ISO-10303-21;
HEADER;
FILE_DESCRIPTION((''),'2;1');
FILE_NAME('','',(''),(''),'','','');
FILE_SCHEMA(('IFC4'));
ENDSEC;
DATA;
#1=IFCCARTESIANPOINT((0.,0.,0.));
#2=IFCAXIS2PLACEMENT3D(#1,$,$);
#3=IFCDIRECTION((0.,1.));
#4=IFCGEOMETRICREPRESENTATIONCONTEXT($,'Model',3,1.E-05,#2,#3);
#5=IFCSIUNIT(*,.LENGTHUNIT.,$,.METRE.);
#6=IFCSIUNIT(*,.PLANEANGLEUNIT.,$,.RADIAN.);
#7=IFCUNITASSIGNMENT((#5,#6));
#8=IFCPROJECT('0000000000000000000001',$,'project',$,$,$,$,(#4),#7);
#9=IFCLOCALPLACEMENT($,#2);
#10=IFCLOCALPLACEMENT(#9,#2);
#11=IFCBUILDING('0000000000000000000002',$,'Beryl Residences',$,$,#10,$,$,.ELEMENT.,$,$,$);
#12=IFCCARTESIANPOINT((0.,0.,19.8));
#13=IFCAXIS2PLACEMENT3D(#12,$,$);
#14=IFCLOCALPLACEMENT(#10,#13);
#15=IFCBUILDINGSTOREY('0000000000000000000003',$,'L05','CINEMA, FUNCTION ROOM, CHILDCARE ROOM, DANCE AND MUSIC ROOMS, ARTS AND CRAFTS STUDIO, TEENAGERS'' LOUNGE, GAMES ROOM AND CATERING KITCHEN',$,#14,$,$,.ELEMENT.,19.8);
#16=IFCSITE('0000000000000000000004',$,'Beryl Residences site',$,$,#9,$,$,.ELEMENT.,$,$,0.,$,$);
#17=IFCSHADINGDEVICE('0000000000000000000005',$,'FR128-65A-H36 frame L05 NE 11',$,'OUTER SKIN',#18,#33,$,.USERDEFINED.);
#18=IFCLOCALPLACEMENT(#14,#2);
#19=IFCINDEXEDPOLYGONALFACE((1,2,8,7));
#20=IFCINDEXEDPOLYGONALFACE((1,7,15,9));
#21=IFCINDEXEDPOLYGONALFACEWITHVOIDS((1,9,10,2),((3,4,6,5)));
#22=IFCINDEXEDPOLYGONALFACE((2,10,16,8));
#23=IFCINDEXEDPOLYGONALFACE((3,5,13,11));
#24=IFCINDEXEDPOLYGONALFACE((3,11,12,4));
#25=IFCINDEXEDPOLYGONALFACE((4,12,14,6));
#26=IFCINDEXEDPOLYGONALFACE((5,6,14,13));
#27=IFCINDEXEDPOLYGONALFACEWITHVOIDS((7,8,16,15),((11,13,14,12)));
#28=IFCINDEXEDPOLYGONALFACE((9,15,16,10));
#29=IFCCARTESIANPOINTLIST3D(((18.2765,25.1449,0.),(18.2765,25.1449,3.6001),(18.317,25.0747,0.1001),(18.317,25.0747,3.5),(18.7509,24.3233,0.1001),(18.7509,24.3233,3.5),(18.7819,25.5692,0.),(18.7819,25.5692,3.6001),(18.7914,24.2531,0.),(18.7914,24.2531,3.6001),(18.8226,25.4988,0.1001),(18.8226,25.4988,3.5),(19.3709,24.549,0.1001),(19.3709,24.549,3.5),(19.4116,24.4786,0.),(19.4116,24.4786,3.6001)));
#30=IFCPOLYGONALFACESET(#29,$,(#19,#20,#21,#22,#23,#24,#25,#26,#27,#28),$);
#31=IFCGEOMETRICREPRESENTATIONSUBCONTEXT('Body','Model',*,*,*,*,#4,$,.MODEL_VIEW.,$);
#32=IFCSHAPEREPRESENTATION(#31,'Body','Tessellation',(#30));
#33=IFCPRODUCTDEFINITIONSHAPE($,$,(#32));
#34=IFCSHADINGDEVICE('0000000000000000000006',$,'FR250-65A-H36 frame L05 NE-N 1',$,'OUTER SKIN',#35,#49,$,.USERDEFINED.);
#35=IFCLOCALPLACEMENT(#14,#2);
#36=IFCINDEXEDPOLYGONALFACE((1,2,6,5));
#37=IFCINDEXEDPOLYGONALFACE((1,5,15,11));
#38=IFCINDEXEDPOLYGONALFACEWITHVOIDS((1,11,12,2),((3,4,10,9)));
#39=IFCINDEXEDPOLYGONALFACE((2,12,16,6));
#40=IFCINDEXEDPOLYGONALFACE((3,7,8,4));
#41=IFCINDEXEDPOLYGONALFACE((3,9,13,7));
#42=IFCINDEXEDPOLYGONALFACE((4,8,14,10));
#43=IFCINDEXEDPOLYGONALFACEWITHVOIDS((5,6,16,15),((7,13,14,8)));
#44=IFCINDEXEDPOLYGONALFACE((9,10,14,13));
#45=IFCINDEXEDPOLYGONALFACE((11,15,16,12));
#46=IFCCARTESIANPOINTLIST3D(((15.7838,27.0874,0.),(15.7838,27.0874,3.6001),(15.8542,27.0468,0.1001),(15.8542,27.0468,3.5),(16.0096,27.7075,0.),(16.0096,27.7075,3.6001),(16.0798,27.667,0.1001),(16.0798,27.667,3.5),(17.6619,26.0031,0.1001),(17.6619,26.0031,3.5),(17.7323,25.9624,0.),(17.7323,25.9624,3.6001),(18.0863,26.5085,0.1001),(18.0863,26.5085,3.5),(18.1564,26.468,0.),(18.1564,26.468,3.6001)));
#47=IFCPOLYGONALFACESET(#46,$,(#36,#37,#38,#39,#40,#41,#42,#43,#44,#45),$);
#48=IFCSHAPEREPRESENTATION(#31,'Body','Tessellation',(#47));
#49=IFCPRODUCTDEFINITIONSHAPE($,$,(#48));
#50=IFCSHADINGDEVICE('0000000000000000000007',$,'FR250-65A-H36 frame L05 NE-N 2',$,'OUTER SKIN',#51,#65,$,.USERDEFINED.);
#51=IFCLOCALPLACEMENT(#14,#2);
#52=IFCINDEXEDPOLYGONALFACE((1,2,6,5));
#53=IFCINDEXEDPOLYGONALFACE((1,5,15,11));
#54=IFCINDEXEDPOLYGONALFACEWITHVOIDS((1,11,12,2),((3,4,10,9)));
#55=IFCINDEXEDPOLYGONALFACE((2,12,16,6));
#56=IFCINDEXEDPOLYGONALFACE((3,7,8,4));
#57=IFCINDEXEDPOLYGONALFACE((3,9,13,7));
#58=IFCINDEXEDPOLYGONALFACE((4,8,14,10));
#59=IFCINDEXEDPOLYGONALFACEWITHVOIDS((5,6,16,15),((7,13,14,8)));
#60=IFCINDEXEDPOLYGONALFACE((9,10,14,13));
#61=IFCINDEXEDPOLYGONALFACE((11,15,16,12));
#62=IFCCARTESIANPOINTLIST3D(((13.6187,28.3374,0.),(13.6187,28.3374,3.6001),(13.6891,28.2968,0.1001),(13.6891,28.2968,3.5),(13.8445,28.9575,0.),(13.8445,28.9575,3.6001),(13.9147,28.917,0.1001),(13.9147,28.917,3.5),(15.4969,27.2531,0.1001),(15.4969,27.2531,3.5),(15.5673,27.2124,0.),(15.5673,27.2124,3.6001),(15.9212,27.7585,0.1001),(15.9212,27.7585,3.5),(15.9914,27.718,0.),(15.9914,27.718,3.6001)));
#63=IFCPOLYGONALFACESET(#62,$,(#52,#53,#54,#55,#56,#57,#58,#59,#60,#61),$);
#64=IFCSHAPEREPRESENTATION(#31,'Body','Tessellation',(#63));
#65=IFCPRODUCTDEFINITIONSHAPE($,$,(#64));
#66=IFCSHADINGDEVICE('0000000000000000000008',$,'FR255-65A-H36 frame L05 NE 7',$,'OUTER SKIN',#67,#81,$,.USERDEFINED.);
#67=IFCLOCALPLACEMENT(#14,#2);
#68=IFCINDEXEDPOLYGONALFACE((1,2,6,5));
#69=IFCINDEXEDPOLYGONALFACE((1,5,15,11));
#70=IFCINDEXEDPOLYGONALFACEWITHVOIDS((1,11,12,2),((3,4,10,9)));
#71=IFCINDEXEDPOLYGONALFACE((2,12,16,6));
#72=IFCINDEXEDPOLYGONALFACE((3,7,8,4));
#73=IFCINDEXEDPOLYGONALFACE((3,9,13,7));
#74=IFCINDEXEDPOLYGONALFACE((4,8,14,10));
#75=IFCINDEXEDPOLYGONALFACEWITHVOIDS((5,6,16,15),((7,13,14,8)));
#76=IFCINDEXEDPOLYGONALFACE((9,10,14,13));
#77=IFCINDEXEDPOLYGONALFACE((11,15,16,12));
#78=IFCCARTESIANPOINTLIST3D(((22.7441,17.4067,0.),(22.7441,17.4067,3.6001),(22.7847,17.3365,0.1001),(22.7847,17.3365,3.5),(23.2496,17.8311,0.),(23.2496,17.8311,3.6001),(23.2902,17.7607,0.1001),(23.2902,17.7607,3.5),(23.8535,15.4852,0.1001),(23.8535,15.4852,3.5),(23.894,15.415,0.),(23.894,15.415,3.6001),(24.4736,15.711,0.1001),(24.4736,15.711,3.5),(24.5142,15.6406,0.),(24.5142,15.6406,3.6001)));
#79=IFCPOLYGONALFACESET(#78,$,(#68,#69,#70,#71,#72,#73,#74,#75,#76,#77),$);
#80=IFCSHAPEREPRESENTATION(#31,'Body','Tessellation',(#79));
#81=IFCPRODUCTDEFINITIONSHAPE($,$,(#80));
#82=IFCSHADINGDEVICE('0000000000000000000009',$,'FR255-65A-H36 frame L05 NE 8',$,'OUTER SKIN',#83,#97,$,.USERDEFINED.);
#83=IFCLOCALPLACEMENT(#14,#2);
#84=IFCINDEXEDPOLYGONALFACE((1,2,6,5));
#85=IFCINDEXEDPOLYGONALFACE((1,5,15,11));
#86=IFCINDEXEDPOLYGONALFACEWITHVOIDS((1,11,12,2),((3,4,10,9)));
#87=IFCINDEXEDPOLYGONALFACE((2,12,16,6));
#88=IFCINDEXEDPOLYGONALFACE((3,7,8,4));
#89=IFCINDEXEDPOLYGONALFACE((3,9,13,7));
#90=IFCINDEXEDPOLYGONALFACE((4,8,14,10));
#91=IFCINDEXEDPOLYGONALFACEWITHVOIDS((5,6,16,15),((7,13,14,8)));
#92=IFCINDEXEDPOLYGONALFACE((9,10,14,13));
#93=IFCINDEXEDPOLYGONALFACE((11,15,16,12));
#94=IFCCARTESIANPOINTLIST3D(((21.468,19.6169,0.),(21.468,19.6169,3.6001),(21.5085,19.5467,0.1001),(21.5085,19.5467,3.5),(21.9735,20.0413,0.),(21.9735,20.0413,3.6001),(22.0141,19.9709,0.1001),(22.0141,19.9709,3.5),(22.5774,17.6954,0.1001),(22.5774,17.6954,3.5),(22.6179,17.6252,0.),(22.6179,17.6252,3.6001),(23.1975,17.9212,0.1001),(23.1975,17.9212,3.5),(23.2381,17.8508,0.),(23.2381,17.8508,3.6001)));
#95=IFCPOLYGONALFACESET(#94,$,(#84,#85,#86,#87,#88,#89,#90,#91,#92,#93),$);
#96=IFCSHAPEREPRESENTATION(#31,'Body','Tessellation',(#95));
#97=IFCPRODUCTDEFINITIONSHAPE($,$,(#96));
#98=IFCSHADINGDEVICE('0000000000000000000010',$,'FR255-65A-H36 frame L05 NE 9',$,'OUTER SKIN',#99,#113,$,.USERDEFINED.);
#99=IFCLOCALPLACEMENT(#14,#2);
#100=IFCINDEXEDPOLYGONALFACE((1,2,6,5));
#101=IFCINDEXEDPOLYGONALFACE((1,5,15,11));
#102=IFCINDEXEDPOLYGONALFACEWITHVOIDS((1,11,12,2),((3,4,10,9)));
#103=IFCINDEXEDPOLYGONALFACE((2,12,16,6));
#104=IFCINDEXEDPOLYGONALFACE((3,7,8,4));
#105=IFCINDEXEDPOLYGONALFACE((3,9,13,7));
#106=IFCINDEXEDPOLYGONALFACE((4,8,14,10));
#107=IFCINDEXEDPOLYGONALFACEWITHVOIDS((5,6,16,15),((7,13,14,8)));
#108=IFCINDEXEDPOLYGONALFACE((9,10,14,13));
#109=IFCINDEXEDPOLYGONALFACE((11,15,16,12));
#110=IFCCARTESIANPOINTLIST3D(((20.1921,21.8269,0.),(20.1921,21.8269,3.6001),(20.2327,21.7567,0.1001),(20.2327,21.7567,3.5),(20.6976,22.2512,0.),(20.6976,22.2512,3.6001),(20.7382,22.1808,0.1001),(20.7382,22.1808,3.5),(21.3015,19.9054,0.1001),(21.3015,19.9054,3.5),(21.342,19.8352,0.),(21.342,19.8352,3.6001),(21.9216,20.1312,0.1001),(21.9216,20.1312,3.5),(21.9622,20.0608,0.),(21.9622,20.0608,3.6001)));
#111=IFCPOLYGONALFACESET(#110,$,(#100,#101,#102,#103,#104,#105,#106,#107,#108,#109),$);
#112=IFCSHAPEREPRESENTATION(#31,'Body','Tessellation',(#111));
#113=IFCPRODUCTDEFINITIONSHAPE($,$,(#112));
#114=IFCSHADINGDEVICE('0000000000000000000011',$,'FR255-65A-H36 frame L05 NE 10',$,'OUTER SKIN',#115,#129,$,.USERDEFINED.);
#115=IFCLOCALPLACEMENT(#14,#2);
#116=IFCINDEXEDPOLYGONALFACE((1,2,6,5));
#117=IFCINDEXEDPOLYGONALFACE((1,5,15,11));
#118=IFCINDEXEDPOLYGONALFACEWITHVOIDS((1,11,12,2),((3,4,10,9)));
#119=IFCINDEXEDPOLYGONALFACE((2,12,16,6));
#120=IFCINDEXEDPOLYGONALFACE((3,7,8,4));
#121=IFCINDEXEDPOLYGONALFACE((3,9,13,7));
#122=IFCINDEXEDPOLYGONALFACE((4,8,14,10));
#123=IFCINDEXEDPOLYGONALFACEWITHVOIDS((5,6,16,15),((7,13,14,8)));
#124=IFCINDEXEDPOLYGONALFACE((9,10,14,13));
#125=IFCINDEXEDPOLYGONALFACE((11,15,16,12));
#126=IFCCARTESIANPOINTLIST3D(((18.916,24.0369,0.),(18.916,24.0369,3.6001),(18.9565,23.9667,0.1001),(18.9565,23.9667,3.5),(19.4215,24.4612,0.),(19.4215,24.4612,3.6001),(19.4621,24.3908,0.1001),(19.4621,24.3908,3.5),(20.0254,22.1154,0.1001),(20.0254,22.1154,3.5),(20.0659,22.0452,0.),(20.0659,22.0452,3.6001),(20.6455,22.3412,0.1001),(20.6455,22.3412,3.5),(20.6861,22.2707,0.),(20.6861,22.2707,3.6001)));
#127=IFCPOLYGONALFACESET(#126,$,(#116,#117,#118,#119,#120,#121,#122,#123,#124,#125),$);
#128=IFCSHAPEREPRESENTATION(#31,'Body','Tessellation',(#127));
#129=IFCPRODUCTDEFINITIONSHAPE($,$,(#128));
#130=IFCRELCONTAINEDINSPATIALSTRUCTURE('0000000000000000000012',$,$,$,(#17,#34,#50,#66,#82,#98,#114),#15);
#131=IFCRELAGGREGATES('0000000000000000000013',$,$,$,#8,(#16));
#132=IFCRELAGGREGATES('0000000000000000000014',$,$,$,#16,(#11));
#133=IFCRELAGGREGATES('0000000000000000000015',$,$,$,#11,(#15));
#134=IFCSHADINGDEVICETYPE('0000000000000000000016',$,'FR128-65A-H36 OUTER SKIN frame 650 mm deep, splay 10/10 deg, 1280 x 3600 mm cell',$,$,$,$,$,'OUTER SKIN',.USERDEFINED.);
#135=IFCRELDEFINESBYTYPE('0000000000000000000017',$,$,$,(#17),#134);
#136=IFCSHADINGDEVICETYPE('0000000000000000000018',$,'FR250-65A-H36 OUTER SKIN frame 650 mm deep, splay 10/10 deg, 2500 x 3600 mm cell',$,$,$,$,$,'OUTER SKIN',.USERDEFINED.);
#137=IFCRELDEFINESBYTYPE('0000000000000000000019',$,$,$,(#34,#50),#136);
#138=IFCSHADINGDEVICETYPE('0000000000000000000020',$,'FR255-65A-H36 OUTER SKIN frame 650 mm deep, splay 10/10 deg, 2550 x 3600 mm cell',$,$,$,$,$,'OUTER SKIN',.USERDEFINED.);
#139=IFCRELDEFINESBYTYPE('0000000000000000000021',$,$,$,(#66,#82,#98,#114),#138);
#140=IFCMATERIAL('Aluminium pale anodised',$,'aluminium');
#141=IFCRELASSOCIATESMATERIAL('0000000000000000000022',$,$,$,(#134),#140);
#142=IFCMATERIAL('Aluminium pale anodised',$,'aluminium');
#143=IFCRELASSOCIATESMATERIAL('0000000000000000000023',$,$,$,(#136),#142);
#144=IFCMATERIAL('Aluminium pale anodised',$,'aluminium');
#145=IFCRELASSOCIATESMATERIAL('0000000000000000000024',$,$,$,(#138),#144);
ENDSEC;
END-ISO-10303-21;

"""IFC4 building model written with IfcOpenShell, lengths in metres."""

from ifc_helpers import new_model, entity, si_unit, direction, frame, origin, place, context, subcontext, project, spatial, source, transform, mapped, material, type_object, type_shapes, element, save


model = new_model("IFC4")

# Units and contexts
model_context = context("Model", 3, precision=1e-05, world=origin(), true_north=direction((0.0, 1.0)))
body_context = subcontext(model_context, "Body", "Model", "MODEL_VIEW")
ifc_project = project(units=[si_unit("LENGTHUNIT", "METRE"), si_unit("PLANEANGLEUNIT", "RADIAN")], contexts=[model_context])

# Site, building, storey
site_placement = place(None, origin())
site = spatial("IfcSite", under=ifc_project, at=site_placement, Name="Beryl Residences site", CompositionType="ELEMENT", RefElevation=0.0)
building_placement = place(site_placement, origin())
building = spatial("IfcBuilding", under=site, at=building_placement, Name="Beryl Residences", CompositionType="ELEMENT")
storey_placement = place(building_placement, frame((0.0, 0.0, 19.8)))
storey = spatial("IfcBuildingStorey", under=building, at=storey_placement, Name="L05", Description="CINEMA, FUNCTION ROOM, CHILDCARE ROOM, DANCE AND MUSIC ROOMS, ARTS AND CRAFTS STUDIO, TEENAGERS' LOUNGE, GAMES ROOM AND CATERING KITCHEN", CompositionType="ELEMENT", Elevation=19.8)

# Shading devices
ifc_material_1 = material(Name="Aluminium pale anodised", Category="aluminium")
shading_device_type_1 = type_object("IfcShadingDeviceType", Name="FR128-65A-H36 OUTER SKIN frame 650 mm deep, splay 10/10 deg, 1280 x 3600 mm cell", ElementType="OUTER SKIN", PredefinedType="USERDEFINED", material=ifc_material_1)
cartesian_point_1 = entity("IfcCartesianPoint", [-0.5149, 0.0])
cartesian_point_2 = entity("IfcCartesianPoint", [-0.4338, 0.1001])
cartesian_point_3 = entity("IfcCartesianPoint", [-0.6296, 0.0])
cartesian_point_4 = entity("IfcCartesianPoint", [-0.5483, 0.1001])
shared_shape_1 = source(origin(), body_context, "Body", "SweptSolid", [
    entity("IfcExtrudedAreaSolidTapered", entity("IfcArbitraryProfileDefWithVoids", "AREA", None, entity("IfcPolyline", [cartesian_point_1, entity("IfcCartesianPoint", [0.5149, 0.0]), entity("IfcCartesianPoint", [0.5149, 3.6001]), entity("IfcCartesianPoint", [-0.5149, 3.6001]), cartesian_point_1]), [entity("IfcPolyline", [cartesian_point_2, entity("IfcCartesianPoint", [0.4338, 0.1001]), entity("IfcCartesianPoint", [0.4338, 3.5]), entity("IfcCartesianPoint", [-0.4338, 3.5]), cartesian_point_2])]), entity("IfcAxis2Placement3D", entity("IfcCartesianPoint", [0.0, 0.0, 0.0]), entity("IfcDirection", [0.0, 1.0, 0.0]), entity("IfcDirection", [-1.0, 0.0, 0.0])), entity("IfcDirection", [0.0, 0.0, 1.0]), 0.6499, entity("IfcArbitraryProfileDefWithVoids", "AREA", None, entity("IfcPolyline", [cartesian_point_3, entity("IfcCartesianPoint", [0.6296, 0.0]), entity("IfcCartesianPoint", [0.6296, 3.6001]), entity("IfcCartesianPoint", [-0.6296, 3.6001]), cartesian_point_3]), [entity("IfcPolyline", [cartesian_point_4, entity("IfcCartesianPoint", [0.5483, 0.1001]), entity("IfcCartesianPoint", [0.5483, 3.5]), entity("IfcCartesianPoint", [-0.5483, 3.5]), cartesian_point_4])])),
])
type_shapes(shading_device_type_1, [shared_shape_1])
shading_device_placement = place(storey_placement, frame((18.5339, 24.699, 0.0), z_axis=(0.0, 0.0, 1.0), x_axis=(0.5, -0.866025, 0.0)))
element("IfcShadingDevice", 1, at=shading_device_placement, inside=storey, type_object=shading_device_type_1, Name="FR128-65A-H36 frame L05 NE 11", ObjectType="OUTER SKIN", PredefinedType="USERDEFINED", context=body_context, shape_type="MappedRepresentation", body=[
    mapped(shared_shape_1, transform((0.0, 0.0, 0.0))),
])
ifc_material_2 = material(Name="Aluminium pale anodised", Category="aluminium")
shading_device_type_2 = type_object("IfcShadingDeviceType", Name="FR250-65A-H36 OUTER SKIN frame 650 mm deep, splay 10/10 deg, 2500 x 3600 mm cell", ElementType="OUTER SKIN", PredefinedType="USERDEFINED", material=ifc_material_2)
cartesian_point_5 = entity("IfcCartesianPoint", [-1.125, 0.0])
cartesian_point_6 = entity("IfcCartesianPoint", [-1.0437, 0.1001])
cartesian_point_7 = entity("IfcCartesianPoint", [-1.2395, 0.0])
cartesian_point_8 = entity("IfcCartesianPoint", [-1.1584, 0.1001])
shared_shape_2 = source(origin(), body_context, "Body", "SweptSolid", [
    entity("IfcExtrudedAreaSolidTapered", entity("IfcArbitraryProfileDefWithVoids", "AREA", None, entity("IfcPolyline", [cartesian_point_5, entity("IfcCartesianPoint", [1.125, 0.0]), entity("IfcCartesianPoint", [1.125, 3.6001]), entity("IfcCartesianPoint", [-1.125, 3.6001]), cartesian_point_5]), [entity("IfcPolyline", [cartesian_point_6, entity("IfcCartesianPoint", [1.0437, 0.1001]), entity("IfcCartesianPoint", [1.0437, 3.5]), entity("IfcCartesianPoint", [-1.0437, 3.5]), cartesian_point_6])]), entity("IfcAxis2Placement3D", entity("IfcCartesianPoint", [0.0, 0.0, 0.0]), entity("IfcDirection", [0.0, 1.0, 0.0]), entity("IfcDirection", [-1.0, 0.0, 0.0])), entity("IfcDirection", [0.0, 0.0, 1.0]), 0.6499, entity("IfcArbitraryProfileDefWithVoids", "AREA", None, entity("IfcPolyline", [cartesian_point_7, entity("IfcCartesianPoint", [1.2395, 0.0]), entity("IfcCartesianPoint", [1.2395, 3.6001]), entity("IfcCartesianPoint", [-1.2395, 3.6001]), cartesian_point_7]), [entity("IfcPolyline", [cartesian_point_8, entity("IfcCartesianPoint", [1.1584, 0.1001]), entity("IfcCartesianPoint", [1.1584, 3.5]), entity("IfcCartesianPoint", [-1.1584, 3.5]), cartesian_point_8])])),
])
type_shapes(shading_device_type_2, [shared_shape_2])
for number, where, z_axis, x_axis, name in (
    (2, (16.7581, 26.5249, 0.0), (0.0, 0.0, 1.0), (0.866025, -0.5, 0.0), "FR250-65A-H36 frame L05 NE-N 1"),
    (3, (14.593, 27.7749, 0.0), (0.0, 0.0, 1.0), (0.866025, -0.5, 0.0), "FR250-65A-H36 frame L05 NE-N 2"),
):
    element("IfcShadingDevice", number, at=place(storey_placement, frame(where, z_axis=z_axis, x_axis=x_axis)), inside=storey, type_object=shading_device_type_2, Name=name, ObjectType="OUTER SKIN", PredefinedType="USERDEFINED", context=body_context, shape_type="MappedRepresentation", body=[
        mapped(shared_shape_2, transform((0.0, 0.0, 0.0))),
    ])
ifc_material_3 = material(Name="Aluminium pale anodised", Category="aluminium")
shading_device_type_3 = type_object("IfcShadingDeviceType", Name="FR255-65A-H36 OUTER SKIN frame 650 mm deep, splay 10/10 deg, 2550 x 3600 mm cell", ElementType="OUTER SKIN", PredefinedType="USERDEFINED", material=ifc_material_3)
cartesian_point_9 = entity("IfcCartesianPoint", [-1.1499, 0.0])
cartesian_point_10 = entity("IfcCartesianPoint", [-1.0688, 0.1001])
cartesian_point_11 = entity("IfcCartesianPoint", [-1.2646, 0.0])
cartesian_point_12 = entity("IfcCartesianPoint", [-1.1833, 0.1001])
shared_shape_3 = source(origin(), body_context, "Body", "SweptSolid", [
    entity("IfcExtrudedAreaSolidTapered", entity("IfcArbitraryProfileDefWithVoids", "AREA", None, entity("IfcPolyline", [cartesian_point_9, entity("IfcCartesianPoint", [1.1499, 0.0]), entity("IfcCartesianPoint", [1.1499, 3.6001]), entity("IfcCartesianPoint", [-1.1499, 3.6001]), cartesian_point_9]), [entity("IfcPolyline", [cartesian_point_10, entity("IfcCartesianPoint", [1.0688, 0.1001]), entity("IfcCartesianPoint", [1.0688, 3.5]), entity("IfcCartesianPoint", [-1.0688, 3.5]), cartesian_point_10])]), entity("IfcAxis2Placement3D", entity("IfcCartesianPoint", [0.0, 0.0, 0.0]), entity("IfcDirection", [0.0, 1.0, 0.0]), entity("IfcDirection", [-1.0, 0.0, 0.0])), entity("IfcDirection", [0.0, 0.0, 1.0]), 0.6499, entity("IfcArbitraryProfileDefWithVoids", "AREA", None, entity("IfcPolyline", [cartesian_point_11, entity("IfcCartesianPoint", [1.2646, 0.0]), entity("IfcCartesianPoint", [1.2646, 3.6001]), entity("IfcCartesianPoint", [-1.2646, 3.6001]), cartesian_point_11]), [entity("IfcPolyline", [cartesian_point_12, entity("IfcCartesianPoint", [1.1833, 0.1001]), entity("IfcCartesianPoint", [1.1833, 3.5]), entity("IfcCartesianPoint", [-1.1833, 3.5]), cartesian_point_12])])),
])
type_shapes(shading_device_type_3, [shared_shape_3])
for number, where, z_axis, x_axis, name in (
    (4, (23.3191, 16.4109, 0.0), (0.0, 0.0, 1.0), (0.5, -0.866025, 0.0), "FR255-65A-H36 frame L05 NE 7"),
    (5, (22.043, 18.6211, 0.0), (0.0, 0.0, 1.0), (0.5, -0.866025, 0.0), "FR255-65A-H36 frame L05 NE 8"),
    (6, (20.7671, 20.8311, 0.0), (0.0, 0.0, 1.0), (0.5, -0.866025, 0.0), "FR255-65A-H36 frame L05 NE 9"),
    (7, (19.491, 23.041, 0.0), (0.0, 0.0, 1.0), (0.5, -0.866025, 0.0), "FR255-65A-H36 frame L05 NE 10"),
):
    element("IfcShadingDevice", number, at=place(storey_placement, frame(where, z_axis=z_axis, x_axis=x_axis)), inside=storey, type_object=shading_device_type_3, Name=name, ObjectType="OUTER SKIN", PredefinedType="USERDEFINED", context=body_context, shape_type="MappedRepresentation", body=[
        mapped(shared_shape_3, transform((0.0, 0.0, 0.0))),
    ])

save(model, "model.ifc")
